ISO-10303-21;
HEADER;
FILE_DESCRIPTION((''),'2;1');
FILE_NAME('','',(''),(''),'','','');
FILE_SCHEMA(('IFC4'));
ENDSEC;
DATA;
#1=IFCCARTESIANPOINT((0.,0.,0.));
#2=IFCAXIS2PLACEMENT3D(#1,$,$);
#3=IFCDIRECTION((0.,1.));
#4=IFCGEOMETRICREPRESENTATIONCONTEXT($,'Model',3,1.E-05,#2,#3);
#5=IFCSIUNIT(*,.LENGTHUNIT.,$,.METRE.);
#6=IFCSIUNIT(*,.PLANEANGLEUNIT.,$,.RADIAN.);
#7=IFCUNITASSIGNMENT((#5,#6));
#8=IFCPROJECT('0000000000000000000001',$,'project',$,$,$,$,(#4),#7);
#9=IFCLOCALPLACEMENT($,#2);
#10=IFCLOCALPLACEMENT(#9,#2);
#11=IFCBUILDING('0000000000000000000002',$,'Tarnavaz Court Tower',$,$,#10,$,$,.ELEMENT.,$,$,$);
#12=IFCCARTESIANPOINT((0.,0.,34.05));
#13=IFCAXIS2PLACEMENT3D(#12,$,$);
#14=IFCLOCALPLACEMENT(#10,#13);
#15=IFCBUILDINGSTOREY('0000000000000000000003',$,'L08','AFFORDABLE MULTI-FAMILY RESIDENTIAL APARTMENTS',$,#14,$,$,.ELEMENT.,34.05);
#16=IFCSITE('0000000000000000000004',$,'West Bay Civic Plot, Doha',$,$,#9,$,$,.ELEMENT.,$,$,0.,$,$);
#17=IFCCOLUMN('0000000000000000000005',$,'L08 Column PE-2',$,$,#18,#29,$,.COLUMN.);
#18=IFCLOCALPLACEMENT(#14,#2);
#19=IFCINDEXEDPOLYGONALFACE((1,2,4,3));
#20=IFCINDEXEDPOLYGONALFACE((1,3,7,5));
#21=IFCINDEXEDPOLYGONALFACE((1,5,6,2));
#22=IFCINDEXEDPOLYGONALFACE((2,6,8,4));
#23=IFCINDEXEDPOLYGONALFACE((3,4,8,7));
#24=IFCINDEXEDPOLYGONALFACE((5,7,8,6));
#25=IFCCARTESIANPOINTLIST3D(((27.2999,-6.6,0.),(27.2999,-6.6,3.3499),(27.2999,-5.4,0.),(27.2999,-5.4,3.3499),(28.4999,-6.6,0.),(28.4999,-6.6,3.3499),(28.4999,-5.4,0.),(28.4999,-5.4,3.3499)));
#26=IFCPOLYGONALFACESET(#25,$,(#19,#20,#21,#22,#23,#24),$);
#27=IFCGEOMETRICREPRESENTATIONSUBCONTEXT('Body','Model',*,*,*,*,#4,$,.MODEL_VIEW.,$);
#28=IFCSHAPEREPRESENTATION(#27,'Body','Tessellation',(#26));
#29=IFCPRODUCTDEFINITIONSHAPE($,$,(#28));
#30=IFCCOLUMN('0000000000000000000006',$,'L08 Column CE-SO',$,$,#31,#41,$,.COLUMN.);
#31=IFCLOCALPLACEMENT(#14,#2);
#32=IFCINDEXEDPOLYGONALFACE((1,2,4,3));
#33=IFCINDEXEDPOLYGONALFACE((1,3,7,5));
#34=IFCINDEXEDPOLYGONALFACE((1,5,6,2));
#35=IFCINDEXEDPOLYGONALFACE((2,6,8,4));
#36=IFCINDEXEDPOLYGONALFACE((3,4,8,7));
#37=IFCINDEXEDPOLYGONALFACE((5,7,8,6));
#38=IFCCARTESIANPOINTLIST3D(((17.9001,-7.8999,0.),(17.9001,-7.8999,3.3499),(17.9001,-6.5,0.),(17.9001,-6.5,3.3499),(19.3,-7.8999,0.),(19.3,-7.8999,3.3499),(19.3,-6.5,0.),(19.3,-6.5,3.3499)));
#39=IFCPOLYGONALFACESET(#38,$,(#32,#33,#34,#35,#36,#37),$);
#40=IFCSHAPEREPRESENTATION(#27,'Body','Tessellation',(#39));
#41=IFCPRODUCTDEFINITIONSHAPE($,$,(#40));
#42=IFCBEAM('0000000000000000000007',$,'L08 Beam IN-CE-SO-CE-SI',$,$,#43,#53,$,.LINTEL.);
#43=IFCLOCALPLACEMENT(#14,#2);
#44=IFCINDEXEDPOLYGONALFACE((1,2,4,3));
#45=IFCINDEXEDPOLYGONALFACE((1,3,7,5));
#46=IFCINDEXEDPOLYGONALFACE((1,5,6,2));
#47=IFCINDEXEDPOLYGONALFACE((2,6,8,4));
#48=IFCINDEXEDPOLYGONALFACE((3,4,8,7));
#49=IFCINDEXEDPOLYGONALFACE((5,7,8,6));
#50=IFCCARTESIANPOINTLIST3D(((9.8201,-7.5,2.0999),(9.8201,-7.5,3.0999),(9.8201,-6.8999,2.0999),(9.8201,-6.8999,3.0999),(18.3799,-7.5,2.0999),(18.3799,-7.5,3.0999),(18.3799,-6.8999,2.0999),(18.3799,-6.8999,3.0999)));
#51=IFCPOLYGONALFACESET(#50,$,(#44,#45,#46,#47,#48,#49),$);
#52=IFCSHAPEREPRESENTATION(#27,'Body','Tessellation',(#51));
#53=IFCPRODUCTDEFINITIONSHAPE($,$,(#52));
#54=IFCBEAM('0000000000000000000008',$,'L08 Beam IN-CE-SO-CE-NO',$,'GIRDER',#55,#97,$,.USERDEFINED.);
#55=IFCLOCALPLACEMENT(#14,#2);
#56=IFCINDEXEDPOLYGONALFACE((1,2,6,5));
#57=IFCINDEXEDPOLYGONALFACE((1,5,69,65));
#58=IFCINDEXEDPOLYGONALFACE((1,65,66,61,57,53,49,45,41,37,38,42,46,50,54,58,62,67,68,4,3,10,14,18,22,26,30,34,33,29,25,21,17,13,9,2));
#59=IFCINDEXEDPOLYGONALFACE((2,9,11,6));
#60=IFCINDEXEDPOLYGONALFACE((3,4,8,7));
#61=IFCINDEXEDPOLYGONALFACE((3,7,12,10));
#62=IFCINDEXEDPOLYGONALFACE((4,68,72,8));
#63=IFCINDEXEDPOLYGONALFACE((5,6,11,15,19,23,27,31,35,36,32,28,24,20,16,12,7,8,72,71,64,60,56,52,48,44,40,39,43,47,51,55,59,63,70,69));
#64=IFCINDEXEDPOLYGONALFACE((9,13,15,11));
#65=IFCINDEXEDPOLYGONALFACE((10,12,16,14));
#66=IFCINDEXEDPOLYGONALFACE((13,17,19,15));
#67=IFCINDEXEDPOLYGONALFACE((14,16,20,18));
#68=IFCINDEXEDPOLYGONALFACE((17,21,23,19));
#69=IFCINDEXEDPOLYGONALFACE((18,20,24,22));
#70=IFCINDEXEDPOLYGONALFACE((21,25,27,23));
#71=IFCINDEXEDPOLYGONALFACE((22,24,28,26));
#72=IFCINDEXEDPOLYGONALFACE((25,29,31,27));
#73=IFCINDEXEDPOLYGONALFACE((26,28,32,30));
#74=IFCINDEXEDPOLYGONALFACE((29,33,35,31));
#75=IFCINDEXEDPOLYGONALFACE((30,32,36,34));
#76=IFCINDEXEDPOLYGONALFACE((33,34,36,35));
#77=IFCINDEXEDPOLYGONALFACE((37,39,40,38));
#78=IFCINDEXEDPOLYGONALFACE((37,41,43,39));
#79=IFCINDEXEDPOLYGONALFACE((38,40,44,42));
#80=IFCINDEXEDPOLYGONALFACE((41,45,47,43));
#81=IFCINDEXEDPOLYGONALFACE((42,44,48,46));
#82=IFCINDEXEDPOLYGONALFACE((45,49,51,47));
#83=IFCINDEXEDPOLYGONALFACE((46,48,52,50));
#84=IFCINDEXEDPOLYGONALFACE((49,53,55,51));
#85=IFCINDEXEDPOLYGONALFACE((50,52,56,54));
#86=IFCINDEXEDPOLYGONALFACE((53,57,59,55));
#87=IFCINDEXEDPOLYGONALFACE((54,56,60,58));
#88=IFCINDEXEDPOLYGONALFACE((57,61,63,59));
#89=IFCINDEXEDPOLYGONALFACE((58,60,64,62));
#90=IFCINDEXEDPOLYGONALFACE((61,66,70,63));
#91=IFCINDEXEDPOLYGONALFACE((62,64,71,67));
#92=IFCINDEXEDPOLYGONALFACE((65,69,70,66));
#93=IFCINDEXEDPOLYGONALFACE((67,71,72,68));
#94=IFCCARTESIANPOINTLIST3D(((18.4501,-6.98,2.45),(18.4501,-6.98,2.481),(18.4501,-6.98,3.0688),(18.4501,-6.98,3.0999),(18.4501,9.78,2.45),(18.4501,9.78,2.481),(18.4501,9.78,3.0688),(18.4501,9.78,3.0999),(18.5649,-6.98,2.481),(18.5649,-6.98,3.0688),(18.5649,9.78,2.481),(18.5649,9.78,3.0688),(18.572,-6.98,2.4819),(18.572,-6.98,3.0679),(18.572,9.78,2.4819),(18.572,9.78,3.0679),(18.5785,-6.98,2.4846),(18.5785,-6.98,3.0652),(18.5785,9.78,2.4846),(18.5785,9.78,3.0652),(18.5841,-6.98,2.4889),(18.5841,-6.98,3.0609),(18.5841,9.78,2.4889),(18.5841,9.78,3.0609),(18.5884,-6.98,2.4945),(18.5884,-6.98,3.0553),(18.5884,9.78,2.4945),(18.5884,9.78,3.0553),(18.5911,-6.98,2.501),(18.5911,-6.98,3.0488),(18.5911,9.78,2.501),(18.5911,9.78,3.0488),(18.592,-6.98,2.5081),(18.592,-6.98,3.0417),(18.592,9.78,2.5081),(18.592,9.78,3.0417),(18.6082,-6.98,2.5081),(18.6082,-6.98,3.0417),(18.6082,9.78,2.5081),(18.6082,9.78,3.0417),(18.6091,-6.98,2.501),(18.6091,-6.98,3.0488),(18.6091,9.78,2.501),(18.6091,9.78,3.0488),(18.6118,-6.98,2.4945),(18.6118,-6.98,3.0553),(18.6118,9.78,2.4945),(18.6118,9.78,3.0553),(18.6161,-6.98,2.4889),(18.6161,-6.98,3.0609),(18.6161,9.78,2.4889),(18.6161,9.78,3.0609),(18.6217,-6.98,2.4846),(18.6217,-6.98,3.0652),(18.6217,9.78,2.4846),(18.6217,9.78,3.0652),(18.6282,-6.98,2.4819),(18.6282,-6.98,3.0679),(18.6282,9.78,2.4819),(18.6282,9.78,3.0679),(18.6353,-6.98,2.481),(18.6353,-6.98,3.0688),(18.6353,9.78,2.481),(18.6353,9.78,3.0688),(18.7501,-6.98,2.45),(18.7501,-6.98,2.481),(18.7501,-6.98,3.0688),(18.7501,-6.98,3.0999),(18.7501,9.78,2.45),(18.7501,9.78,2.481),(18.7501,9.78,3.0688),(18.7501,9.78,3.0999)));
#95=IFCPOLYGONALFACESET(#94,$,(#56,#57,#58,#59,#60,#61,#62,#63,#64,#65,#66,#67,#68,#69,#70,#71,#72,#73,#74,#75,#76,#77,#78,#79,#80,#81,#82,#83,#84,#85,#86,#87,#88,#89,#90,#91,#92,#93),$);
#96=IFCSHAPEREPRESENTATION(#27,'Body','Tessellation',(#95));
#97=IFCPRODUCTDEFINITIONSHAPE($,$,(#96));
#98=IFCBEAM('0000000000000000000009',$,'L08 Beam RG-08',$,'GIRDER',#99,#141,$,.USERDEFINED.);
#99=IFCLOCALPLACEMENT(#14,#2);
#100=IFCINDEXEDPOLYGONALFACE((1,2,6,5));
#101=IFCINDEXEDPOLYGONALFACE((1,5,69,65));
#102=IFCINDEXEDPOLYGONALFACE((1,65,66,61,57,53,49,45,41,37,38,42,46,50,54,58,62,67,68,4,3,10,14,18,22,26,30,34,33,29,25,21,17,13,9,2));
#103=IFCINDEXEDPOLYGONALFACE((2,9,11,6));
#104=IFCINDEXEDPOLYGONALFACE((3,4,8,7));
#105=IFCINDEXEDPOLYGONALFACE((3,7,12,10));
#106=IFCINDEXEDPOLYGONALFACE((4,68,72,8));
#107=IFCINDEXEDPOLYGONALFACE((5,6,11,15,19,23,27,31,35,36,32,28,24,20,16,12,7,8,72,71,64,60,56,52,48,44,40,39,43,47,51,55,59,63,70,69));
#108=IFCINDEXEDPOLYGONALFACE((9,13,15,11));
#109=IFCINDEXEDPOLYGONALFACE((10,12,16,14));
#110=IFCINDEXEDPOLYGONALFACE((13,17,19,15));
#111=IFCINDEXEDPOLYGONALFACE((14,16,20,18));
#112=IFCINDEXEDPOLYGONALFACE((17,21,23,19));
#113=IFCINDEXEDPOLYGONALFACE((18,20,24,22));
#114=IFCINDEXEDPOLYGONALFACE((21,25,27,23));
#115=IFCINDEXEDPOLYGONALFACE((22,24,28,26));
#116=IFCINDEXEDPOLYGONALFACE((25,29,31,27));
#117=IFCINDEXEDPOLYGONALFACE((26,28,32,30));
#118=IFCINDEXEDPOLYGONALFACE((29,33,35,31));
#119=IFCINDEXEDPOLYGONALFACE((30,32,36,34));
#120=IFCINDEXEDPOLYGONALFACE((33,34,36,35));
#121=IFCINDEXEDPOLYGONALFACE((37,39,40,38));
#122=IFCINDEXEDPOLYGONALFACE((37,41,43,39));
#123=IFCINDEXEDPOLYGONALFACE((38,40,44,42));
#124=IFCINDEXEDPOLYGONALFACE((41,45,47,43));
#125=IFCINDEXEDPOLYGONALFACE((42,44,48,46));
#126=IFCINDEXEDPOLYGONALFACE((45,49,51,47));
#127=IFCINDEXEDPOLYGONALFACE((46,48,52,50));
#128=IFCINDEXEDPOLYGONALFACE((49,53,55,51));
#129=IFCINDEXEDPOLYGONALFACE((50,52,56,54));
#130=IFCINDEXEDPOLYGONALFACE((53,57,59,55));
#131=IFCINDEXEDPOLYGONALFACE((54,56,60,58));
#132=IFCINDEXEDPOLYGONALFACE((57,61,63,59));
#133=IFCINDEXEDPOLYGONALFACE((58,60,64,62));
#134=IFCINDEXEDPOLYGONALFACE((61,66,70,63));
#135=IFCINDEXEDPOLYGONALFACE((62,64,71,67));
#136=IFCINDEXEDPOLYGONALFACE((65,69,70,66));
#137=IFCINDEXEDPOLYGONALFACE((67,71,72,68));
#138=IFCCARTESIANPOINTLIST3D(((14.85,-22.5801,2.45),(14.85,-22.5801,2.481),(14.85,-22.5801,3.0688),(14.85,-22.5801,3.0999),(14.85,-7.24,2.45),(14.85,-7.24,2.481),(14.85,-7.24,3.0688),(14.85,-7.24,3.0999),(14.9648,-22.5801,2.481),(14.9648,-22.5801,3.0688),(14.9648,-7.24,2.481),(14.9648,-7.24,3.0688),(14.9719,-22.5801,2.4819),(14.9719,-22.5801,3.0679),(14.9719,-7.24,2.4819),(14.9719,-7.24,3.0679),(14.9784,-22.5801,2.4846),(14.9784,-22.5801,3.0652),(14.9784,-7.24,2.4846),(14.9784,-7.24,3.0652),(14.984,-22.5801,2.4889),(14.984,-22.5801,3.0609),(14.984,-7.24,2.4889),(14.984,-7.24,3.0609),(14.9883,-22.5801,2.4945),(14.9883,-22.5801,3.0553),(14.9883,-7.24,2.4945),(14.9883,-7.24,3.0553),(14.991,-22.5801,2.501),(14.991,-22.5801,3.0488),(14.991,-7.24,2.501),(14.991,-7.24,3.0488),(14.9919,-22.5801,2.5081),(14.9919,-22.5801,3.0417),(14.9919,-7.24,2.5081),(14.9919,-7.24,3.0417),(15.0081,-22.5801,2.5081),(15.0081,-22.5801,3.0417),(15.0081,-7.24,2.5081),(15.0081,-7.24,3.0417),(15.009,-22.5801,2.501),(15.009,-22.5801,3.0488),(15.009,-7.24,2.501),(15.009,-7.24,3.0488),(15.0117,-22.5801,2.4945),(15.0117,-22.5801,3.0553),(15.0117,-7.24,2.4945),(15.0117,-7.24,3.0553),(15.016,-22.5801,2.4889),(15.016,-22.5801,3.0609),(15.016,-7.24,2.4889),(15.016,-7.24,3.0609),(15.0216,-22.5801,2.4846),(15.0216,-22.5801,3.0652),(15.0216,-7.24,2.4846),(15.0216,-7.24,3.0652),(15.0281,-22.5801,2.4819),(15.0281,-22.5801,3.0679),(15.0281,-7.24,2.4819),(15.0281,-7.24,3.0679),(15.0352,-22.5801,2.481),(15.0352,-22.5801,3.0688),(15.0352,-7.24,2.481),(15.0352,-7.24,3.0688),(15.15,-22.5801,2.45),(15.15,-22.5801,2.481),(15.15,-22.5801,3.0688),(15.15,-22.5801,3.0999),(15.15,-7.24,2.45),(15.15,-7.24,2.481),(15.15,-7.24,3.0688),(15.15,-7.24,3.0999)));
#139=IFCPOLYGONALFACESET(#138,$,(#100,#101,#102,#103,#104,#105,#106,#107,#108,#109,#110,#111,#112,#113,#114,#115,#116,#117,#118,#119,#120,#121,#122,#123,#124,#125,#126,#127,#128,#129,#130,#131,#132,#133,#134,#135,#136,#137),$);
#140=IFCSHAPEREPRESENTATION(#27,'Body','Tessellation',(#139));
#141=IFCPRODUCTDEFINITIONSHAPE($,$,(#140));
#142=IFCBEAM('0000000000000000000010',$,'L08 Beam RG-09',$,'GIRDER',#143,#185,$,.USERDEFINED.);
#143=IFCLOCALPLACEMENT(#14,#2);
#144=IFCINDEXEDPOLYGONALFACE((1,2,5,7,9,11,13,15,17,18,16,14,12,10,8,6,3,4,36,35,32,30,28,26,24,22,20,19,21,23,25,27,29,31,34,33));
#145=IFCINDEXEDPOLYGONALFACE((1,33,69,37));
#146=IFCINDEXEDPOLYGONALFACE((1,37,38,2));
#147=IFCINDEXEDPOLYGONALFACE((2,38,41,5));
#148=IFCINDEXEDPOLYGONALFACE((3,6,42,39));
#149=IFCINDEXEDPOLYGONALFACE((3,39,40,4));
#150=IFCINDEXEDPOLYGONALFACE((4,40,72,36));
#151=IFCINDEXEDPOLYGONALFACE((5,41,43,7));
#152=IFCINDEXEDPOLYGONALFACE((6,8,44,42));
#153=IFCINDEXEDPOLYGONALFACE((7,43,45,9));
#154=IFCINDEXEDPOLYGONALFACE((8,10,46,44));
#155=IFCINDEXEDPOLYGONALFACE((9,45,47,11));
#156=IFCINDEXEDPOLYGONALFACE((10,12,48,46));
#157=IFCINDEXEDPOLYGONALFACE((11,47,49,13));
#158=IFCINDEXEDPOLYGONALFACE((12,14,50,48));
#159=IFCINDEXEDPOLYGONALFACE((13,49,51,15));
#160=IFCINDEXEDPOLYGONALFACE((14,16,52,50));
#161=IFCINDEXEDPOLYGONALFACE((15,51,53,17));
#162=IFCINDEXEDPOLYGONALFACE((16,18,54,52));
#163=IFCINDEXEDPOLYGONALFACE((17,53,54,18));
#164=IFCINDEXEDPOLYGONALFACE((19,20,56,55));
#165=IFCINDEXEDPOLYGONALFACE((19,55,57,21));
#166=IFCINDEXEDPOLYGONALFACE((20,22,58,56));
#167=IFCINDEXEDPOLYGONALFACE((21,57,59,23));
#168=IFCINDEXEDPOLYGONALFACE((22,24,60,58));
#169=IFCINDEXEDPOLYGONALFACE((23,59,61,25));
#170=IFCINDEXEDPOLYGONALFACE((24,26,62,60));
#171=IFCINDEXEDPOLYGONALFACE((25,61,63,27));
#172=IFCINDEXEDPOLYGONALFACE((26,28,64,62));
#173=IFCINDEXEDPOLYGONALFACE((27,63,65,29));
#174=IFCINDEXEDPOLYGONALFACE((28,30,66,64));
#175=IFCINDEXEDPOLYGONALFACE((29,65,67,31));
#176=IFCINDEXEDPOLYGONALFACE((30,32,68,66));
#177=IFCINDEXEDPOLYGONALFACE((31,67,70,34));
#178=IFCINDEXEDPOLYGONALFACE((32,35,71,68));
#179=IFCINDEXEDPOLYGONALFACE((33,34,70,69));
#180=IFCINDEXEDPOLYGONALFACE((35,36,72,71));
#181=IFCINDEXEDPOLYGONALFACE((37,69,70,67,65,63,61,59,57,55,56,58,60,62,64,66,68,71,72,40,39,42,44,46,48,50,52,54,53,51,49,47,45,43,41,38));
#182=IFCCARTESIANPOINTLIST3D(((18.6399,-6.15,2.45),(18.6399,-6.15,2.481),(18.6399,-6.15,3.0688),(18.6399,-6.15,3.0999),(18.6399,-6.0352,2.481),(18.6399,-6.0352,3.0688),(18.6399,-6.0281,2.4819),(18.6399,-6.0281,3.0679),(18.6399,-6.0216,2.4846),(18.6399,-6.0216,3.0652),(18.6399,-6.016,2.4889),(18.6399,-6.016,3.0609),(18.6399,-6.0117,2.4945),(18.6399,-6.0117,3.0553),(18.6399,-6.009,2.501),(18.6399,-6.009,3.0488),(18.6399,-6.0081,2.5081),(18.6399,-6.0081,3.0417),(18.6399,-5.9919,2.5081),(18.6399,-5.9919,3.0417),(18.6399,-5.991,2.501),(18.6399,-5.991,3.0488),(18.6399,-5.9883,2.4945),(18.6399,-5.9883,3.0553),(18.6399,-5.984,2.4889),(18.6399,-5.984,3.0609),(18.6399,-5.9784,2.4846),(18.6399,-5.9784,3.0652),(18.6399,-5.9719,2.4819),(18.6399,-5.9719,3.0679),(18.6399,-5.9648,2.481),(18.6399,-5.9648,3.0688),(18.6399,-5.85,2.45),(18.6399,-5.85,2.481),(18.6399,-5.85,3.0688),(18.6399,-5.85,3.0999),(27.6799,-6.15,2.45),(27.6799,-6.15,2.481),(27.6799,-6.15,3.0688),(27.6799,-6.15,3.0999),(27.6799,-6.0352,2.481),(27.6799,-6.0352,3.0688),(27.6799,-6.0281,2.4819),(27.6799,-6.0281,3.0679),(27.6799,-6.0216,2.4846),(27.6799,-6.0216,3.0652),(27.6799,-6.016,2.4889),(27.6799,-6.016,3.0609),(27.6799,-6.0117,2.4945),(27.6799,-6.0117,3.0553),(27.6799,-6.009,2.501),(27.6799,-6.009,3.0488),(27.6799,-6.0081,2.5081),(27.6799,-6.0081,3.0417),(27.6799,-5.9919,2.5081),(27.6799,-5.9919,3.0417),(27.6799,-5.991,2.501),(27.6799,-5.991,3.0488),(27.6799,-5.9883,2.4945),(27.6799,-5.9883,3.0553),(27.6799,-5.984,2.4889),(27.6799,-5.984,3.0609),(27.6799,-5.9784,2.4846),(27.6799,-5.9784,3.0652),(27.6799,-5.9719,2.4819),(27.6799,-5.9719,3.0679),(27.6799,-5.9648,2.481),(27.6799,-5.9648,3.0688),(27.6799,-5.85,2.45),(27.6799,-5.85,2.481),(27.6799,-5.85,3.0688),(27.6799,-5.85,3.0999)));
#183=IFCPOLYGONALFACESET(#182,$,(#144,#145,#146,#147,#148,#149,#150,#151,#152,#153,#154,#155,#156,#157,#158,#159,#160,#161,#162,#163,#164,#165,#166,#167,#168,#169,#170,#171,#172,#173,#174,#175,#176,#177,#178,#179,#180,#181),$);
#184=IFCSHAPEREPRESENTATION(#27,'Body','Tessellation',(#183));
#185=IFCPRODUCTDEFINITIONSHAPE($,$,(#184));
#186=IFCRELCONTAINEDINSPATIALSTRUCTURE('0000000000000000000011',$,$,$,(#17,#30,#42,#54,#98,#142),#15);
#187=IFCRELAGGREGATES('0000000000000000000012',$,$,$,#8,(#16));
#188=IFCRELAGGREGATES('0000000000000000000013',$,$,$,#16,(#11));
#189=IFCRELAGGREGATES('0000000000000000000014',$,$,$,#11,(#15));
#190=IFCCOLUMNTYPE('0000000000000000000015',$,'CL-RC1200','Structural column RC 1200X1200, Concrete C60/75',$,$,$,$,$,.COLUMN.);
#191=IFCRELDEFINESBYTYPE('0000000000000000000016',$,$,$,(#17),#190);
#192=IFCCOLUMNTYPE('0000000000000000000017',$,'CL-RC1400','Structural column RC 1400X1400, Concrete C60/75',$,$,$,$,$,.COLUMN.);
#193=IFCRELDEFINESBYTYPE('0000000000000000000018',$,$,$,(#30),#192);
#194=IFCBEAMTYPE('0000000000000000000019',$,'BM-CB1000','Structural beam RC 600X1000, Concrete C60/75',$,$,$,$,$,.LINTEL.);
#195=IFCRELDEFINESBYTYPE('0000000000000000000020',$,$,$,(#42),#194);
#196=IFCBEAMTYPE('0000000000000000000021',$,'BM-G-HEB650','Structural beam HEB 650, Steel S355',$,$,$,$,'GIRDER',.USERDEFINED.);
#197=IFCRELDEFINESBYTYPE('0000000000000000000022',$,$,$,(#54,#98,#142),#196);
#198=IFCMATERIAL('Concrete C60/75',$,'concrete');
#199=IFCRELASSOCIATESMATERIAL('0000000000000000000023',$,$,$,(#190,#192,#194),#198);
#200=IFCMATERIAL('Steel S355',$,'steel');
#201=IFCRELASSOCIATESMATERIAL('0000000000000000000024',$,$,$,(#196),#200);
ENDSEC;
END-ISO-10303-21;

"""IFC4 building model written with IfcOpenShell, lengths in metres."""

from ifc_helpers import new_model, si_unit, direction, frame, origin, origin_2d, place, context, subcontext, project, spatial, rectangle, i_section, extrude, material, material_profile, profile_set, type_object, element, save


model = new_model("IFC4")

# Units and contexts
model_context = context("Model", 3, precision=1e-05, world=origin(), true_north=direction((0.0, 1.0)))
body_context = subcontext(model_context, "Body", "Model", "MODEL_VIEW")
ifc_project = project(units=[si_unit("LENGTHUNIT", "METRE"), si_unit("PLANEANGLEUNIT", "RADIAN")], contexts=[model_context])

# Site, building, storey
site_placement = place(None, origin())
site = spatial("IfcSite", under=ifc_project, at=site_placement, Name="West Bay Civic Plot, Doha", CompositionType="ELEMENT", RefElevation=0.0)
building_placement = place(site_placement, origin())
building = spatial("IfcBuilding", under=site, at=building_placement, Name="Tarnavaz Court Tower", CompositionType="ELEMENT")
storey_placement = place(building_placement, frame((0.0, 0.0, 34.05)))
storey = spatial("IfcBuildingStorey", under=building, at=storey_placement, Name="L08", Description="AFFORDABLE MULTI-FAMILY RESIDENTIAL APARTMENTS", CompositionType="ELEMENT", Elevation=34.05)

# Columns
ifc_material_1 = material(Name="Concrete C60/75", Category="concrete")
ifc_material_profile_1 = material_profile(ifc_material_1, rectangle(XDim=1.2, YDim=1.2, at=origin_2d()), Name="RC 1200X1200")
ifc_profile_set_1 = profile_set([ifc_material_profile_1], Name="Concrete C60/75")
column_type_1 = type_object("IfcColumnType", Name="CL-RC1200", Description="Structural column RC 1200X1200, Concrete C60/75", PredefinedType="COLUMN", material=ifc_profile_set_1)
column_1_placement = place(storey_placement, frame((27.8999, -6.0, 0.0), z_axis=(0.0, 0.0, 1.0), x_axis=(1.0, 0.0, 0.0)))
element("IfcColumn", 1, at=column_1_placement, inside=storey, type_object=column_type_1, Name="L08 Column PE-2", PredefinedType="COLUMN", context=body_context, shape_type="SweptSolid", body=[
    extrude(rectangle(XDim=1.2, YDim=1.2, at=origin_2d()), origin(), (0.0, 0.0, 1.0), 3.3499),
])
ifc_material_profile_2 = material_profile(ifc_material_1, rectangle(XDim=1.3999, YDim=1.3999, at=origin_2d()), Name="RC 1400X1400")
ifc_profile_set_2 = profile_set([ifc_material_profile_2], Name="Concrete C60/75")
column_type_2 = type_object("IfcColumnType", Name="CL-RC1400", Description="Structural column RC 1400X1400, Concrete C60/75", PredefinedType="COLUMN", material=ifc_profile_set_2)
column_2_placement = place(storey_placement, frame((18.6001, -7.2, 0.0), z_axis=(0.0, 0.0, 1.0), x_axis=(1.0, 0.0, 0.0)))
element("IfcColumn", 2, at=column_2_placement, inside=storey, type_object=column_type_2, Name="L08 Column CE-SO", PredefinedType="COLUMN", context=body_context, shape_type="SweptSolid", body=[
    extrude(rectangle(XDim=1.3999, YDim=1.3999, at=origin_2d()), origin(), (0.0, 0.0, 1.0), 3.3499),
])

# Beams
ifc_material_profile_3 = material_profile(ifc_material_1, rectangle(XDim=0.6001, YDim=1.0, at=origin_2d()), Name="RC 600X1000")
ifc_profile_set_3 = profile_set([ifc_material_profile_3], Name="Concrete C60/75")
beam_type_1 = type_object("IfcBeamType", Name="BM-CB1000", Description="Structural beam RC 600X1000, Concrete C60/75", PredefinedType="LINTEL", material=ifc_profile_set_3)
beam_1_placement = place(storey_placement, frame((18.3799, -7.2, 2.5999), z_axis=(-1.0, 0.0, 0.0), x_axis=(0.0, -1.0, 0.0)))
element("IfcBeam", 3, at=beam_1_placement, inside=storey, type_object=beam_type_1, Name="L08 Beam IN-CE-SO-CE-SI", PredefinedType="LINTEL", context=body_context, shape_type="SweptSolid", body=[
    extrude(rectangle(XDim=0.6001, YDim=1.0, at=origin_2d()), origin(), (0.0, 0.0, 1.0), 8.5598),
])
ifc_material_2 = material(Name="Steel S355", Category="steel")
ifc_material_profile_4 = material_profile(ifc_material_2, i_section(OverallWidth=0.3, OverallDepth=0.6499, WebThickness=0.0161, FlangeThickness=0.031, FilletRadius=0.0271, at=origin_2d()), Name="HEB 650")
ifc_profile_set_4 = profile_set([ifc_material_profile_4], Name="Steel S355")
beam_type_2 = type_object("IfcBeamType", Name="BM-G-HEB650", Description="Structural beam HEB 650, Steel S355", ElementType="GIRDER", PredefinedType="USERDEFINED", material=ifc_profile_set_4)
beam_2_placement = place(storey_placement, frame((18.6001, -6.98, 2.7749), z_axis=(0.0, 1.0, 0.0), x_axis=(-1.0, 0.0, 0.0)))
element("IfcBeam", 4, at=beam_2_placement, inside=storey, type_object=beam_type_2, Name="L08 Beam IN-CE-SO-CE-NO", ObjectType="GIRDER", PredefinedType="USERDEFINED", context=body_context, shape_type="SweptSolid", body=[
    extrude(i_section(OverallWidth=0.3, OverallDepth=0.6499, WebThickness=0.0161, FlangeThickness=0.031, FilletRadius=0.0271, at=origin_2d()), origin(), (0.0, 0.0, 1.0), 16.76),
])
beam_3_placement = place(storey_placement, frame((15.0, -7.24, 2.7749), z_axis=(0.0, -1.0, 0.0), x_axis=(1.0, 0.0, 0.0)))
element("IfcBeam", 5, at=beam_3_placement, inside=storey, type_object=beam_type_2, Name="L08 Beam RG-08", ObjectType="GIRDER", PredefinedType="USERDEFINED", context=body_context, shape_type="SweptSolid", body=[
    extrude(i_section(OverallWidth=0.3, OverallDepth=0.6499, WebThickness=0.0161, FlangeThickness=0.031, FilletRadius=0.0271, at=origin_2d()), origin(), (0.0, 0.0, 1.0), 15.3401),
])
beam_4_placement = place(storey_placement, frame((18.6399, -6.0, 2.7749), z_axis=(1.0, 0.0, 0.0), x_axis=(0.0, 1.0, 0.0)))
element("IfcBeam", 6, at=beam_4_placement, inside=storey, type_object=beam_type_2, Name="L08 Beam RG-09", ObjectType="GIRDER", PredefinedType="USERDEFINED", context=body_context, shape_type="SweptSolid", body=[
    extrude(i_section(OverallWidth=0.3, OverallDepth=0.6499, WebThickness=0.0161, FlangeThickness=0.031, FilletRadius=0.0271, at=origin_2d()), origin(), (0.0, 0.0, 1.0), 9.04),
])

save(model, "model.ifc")
